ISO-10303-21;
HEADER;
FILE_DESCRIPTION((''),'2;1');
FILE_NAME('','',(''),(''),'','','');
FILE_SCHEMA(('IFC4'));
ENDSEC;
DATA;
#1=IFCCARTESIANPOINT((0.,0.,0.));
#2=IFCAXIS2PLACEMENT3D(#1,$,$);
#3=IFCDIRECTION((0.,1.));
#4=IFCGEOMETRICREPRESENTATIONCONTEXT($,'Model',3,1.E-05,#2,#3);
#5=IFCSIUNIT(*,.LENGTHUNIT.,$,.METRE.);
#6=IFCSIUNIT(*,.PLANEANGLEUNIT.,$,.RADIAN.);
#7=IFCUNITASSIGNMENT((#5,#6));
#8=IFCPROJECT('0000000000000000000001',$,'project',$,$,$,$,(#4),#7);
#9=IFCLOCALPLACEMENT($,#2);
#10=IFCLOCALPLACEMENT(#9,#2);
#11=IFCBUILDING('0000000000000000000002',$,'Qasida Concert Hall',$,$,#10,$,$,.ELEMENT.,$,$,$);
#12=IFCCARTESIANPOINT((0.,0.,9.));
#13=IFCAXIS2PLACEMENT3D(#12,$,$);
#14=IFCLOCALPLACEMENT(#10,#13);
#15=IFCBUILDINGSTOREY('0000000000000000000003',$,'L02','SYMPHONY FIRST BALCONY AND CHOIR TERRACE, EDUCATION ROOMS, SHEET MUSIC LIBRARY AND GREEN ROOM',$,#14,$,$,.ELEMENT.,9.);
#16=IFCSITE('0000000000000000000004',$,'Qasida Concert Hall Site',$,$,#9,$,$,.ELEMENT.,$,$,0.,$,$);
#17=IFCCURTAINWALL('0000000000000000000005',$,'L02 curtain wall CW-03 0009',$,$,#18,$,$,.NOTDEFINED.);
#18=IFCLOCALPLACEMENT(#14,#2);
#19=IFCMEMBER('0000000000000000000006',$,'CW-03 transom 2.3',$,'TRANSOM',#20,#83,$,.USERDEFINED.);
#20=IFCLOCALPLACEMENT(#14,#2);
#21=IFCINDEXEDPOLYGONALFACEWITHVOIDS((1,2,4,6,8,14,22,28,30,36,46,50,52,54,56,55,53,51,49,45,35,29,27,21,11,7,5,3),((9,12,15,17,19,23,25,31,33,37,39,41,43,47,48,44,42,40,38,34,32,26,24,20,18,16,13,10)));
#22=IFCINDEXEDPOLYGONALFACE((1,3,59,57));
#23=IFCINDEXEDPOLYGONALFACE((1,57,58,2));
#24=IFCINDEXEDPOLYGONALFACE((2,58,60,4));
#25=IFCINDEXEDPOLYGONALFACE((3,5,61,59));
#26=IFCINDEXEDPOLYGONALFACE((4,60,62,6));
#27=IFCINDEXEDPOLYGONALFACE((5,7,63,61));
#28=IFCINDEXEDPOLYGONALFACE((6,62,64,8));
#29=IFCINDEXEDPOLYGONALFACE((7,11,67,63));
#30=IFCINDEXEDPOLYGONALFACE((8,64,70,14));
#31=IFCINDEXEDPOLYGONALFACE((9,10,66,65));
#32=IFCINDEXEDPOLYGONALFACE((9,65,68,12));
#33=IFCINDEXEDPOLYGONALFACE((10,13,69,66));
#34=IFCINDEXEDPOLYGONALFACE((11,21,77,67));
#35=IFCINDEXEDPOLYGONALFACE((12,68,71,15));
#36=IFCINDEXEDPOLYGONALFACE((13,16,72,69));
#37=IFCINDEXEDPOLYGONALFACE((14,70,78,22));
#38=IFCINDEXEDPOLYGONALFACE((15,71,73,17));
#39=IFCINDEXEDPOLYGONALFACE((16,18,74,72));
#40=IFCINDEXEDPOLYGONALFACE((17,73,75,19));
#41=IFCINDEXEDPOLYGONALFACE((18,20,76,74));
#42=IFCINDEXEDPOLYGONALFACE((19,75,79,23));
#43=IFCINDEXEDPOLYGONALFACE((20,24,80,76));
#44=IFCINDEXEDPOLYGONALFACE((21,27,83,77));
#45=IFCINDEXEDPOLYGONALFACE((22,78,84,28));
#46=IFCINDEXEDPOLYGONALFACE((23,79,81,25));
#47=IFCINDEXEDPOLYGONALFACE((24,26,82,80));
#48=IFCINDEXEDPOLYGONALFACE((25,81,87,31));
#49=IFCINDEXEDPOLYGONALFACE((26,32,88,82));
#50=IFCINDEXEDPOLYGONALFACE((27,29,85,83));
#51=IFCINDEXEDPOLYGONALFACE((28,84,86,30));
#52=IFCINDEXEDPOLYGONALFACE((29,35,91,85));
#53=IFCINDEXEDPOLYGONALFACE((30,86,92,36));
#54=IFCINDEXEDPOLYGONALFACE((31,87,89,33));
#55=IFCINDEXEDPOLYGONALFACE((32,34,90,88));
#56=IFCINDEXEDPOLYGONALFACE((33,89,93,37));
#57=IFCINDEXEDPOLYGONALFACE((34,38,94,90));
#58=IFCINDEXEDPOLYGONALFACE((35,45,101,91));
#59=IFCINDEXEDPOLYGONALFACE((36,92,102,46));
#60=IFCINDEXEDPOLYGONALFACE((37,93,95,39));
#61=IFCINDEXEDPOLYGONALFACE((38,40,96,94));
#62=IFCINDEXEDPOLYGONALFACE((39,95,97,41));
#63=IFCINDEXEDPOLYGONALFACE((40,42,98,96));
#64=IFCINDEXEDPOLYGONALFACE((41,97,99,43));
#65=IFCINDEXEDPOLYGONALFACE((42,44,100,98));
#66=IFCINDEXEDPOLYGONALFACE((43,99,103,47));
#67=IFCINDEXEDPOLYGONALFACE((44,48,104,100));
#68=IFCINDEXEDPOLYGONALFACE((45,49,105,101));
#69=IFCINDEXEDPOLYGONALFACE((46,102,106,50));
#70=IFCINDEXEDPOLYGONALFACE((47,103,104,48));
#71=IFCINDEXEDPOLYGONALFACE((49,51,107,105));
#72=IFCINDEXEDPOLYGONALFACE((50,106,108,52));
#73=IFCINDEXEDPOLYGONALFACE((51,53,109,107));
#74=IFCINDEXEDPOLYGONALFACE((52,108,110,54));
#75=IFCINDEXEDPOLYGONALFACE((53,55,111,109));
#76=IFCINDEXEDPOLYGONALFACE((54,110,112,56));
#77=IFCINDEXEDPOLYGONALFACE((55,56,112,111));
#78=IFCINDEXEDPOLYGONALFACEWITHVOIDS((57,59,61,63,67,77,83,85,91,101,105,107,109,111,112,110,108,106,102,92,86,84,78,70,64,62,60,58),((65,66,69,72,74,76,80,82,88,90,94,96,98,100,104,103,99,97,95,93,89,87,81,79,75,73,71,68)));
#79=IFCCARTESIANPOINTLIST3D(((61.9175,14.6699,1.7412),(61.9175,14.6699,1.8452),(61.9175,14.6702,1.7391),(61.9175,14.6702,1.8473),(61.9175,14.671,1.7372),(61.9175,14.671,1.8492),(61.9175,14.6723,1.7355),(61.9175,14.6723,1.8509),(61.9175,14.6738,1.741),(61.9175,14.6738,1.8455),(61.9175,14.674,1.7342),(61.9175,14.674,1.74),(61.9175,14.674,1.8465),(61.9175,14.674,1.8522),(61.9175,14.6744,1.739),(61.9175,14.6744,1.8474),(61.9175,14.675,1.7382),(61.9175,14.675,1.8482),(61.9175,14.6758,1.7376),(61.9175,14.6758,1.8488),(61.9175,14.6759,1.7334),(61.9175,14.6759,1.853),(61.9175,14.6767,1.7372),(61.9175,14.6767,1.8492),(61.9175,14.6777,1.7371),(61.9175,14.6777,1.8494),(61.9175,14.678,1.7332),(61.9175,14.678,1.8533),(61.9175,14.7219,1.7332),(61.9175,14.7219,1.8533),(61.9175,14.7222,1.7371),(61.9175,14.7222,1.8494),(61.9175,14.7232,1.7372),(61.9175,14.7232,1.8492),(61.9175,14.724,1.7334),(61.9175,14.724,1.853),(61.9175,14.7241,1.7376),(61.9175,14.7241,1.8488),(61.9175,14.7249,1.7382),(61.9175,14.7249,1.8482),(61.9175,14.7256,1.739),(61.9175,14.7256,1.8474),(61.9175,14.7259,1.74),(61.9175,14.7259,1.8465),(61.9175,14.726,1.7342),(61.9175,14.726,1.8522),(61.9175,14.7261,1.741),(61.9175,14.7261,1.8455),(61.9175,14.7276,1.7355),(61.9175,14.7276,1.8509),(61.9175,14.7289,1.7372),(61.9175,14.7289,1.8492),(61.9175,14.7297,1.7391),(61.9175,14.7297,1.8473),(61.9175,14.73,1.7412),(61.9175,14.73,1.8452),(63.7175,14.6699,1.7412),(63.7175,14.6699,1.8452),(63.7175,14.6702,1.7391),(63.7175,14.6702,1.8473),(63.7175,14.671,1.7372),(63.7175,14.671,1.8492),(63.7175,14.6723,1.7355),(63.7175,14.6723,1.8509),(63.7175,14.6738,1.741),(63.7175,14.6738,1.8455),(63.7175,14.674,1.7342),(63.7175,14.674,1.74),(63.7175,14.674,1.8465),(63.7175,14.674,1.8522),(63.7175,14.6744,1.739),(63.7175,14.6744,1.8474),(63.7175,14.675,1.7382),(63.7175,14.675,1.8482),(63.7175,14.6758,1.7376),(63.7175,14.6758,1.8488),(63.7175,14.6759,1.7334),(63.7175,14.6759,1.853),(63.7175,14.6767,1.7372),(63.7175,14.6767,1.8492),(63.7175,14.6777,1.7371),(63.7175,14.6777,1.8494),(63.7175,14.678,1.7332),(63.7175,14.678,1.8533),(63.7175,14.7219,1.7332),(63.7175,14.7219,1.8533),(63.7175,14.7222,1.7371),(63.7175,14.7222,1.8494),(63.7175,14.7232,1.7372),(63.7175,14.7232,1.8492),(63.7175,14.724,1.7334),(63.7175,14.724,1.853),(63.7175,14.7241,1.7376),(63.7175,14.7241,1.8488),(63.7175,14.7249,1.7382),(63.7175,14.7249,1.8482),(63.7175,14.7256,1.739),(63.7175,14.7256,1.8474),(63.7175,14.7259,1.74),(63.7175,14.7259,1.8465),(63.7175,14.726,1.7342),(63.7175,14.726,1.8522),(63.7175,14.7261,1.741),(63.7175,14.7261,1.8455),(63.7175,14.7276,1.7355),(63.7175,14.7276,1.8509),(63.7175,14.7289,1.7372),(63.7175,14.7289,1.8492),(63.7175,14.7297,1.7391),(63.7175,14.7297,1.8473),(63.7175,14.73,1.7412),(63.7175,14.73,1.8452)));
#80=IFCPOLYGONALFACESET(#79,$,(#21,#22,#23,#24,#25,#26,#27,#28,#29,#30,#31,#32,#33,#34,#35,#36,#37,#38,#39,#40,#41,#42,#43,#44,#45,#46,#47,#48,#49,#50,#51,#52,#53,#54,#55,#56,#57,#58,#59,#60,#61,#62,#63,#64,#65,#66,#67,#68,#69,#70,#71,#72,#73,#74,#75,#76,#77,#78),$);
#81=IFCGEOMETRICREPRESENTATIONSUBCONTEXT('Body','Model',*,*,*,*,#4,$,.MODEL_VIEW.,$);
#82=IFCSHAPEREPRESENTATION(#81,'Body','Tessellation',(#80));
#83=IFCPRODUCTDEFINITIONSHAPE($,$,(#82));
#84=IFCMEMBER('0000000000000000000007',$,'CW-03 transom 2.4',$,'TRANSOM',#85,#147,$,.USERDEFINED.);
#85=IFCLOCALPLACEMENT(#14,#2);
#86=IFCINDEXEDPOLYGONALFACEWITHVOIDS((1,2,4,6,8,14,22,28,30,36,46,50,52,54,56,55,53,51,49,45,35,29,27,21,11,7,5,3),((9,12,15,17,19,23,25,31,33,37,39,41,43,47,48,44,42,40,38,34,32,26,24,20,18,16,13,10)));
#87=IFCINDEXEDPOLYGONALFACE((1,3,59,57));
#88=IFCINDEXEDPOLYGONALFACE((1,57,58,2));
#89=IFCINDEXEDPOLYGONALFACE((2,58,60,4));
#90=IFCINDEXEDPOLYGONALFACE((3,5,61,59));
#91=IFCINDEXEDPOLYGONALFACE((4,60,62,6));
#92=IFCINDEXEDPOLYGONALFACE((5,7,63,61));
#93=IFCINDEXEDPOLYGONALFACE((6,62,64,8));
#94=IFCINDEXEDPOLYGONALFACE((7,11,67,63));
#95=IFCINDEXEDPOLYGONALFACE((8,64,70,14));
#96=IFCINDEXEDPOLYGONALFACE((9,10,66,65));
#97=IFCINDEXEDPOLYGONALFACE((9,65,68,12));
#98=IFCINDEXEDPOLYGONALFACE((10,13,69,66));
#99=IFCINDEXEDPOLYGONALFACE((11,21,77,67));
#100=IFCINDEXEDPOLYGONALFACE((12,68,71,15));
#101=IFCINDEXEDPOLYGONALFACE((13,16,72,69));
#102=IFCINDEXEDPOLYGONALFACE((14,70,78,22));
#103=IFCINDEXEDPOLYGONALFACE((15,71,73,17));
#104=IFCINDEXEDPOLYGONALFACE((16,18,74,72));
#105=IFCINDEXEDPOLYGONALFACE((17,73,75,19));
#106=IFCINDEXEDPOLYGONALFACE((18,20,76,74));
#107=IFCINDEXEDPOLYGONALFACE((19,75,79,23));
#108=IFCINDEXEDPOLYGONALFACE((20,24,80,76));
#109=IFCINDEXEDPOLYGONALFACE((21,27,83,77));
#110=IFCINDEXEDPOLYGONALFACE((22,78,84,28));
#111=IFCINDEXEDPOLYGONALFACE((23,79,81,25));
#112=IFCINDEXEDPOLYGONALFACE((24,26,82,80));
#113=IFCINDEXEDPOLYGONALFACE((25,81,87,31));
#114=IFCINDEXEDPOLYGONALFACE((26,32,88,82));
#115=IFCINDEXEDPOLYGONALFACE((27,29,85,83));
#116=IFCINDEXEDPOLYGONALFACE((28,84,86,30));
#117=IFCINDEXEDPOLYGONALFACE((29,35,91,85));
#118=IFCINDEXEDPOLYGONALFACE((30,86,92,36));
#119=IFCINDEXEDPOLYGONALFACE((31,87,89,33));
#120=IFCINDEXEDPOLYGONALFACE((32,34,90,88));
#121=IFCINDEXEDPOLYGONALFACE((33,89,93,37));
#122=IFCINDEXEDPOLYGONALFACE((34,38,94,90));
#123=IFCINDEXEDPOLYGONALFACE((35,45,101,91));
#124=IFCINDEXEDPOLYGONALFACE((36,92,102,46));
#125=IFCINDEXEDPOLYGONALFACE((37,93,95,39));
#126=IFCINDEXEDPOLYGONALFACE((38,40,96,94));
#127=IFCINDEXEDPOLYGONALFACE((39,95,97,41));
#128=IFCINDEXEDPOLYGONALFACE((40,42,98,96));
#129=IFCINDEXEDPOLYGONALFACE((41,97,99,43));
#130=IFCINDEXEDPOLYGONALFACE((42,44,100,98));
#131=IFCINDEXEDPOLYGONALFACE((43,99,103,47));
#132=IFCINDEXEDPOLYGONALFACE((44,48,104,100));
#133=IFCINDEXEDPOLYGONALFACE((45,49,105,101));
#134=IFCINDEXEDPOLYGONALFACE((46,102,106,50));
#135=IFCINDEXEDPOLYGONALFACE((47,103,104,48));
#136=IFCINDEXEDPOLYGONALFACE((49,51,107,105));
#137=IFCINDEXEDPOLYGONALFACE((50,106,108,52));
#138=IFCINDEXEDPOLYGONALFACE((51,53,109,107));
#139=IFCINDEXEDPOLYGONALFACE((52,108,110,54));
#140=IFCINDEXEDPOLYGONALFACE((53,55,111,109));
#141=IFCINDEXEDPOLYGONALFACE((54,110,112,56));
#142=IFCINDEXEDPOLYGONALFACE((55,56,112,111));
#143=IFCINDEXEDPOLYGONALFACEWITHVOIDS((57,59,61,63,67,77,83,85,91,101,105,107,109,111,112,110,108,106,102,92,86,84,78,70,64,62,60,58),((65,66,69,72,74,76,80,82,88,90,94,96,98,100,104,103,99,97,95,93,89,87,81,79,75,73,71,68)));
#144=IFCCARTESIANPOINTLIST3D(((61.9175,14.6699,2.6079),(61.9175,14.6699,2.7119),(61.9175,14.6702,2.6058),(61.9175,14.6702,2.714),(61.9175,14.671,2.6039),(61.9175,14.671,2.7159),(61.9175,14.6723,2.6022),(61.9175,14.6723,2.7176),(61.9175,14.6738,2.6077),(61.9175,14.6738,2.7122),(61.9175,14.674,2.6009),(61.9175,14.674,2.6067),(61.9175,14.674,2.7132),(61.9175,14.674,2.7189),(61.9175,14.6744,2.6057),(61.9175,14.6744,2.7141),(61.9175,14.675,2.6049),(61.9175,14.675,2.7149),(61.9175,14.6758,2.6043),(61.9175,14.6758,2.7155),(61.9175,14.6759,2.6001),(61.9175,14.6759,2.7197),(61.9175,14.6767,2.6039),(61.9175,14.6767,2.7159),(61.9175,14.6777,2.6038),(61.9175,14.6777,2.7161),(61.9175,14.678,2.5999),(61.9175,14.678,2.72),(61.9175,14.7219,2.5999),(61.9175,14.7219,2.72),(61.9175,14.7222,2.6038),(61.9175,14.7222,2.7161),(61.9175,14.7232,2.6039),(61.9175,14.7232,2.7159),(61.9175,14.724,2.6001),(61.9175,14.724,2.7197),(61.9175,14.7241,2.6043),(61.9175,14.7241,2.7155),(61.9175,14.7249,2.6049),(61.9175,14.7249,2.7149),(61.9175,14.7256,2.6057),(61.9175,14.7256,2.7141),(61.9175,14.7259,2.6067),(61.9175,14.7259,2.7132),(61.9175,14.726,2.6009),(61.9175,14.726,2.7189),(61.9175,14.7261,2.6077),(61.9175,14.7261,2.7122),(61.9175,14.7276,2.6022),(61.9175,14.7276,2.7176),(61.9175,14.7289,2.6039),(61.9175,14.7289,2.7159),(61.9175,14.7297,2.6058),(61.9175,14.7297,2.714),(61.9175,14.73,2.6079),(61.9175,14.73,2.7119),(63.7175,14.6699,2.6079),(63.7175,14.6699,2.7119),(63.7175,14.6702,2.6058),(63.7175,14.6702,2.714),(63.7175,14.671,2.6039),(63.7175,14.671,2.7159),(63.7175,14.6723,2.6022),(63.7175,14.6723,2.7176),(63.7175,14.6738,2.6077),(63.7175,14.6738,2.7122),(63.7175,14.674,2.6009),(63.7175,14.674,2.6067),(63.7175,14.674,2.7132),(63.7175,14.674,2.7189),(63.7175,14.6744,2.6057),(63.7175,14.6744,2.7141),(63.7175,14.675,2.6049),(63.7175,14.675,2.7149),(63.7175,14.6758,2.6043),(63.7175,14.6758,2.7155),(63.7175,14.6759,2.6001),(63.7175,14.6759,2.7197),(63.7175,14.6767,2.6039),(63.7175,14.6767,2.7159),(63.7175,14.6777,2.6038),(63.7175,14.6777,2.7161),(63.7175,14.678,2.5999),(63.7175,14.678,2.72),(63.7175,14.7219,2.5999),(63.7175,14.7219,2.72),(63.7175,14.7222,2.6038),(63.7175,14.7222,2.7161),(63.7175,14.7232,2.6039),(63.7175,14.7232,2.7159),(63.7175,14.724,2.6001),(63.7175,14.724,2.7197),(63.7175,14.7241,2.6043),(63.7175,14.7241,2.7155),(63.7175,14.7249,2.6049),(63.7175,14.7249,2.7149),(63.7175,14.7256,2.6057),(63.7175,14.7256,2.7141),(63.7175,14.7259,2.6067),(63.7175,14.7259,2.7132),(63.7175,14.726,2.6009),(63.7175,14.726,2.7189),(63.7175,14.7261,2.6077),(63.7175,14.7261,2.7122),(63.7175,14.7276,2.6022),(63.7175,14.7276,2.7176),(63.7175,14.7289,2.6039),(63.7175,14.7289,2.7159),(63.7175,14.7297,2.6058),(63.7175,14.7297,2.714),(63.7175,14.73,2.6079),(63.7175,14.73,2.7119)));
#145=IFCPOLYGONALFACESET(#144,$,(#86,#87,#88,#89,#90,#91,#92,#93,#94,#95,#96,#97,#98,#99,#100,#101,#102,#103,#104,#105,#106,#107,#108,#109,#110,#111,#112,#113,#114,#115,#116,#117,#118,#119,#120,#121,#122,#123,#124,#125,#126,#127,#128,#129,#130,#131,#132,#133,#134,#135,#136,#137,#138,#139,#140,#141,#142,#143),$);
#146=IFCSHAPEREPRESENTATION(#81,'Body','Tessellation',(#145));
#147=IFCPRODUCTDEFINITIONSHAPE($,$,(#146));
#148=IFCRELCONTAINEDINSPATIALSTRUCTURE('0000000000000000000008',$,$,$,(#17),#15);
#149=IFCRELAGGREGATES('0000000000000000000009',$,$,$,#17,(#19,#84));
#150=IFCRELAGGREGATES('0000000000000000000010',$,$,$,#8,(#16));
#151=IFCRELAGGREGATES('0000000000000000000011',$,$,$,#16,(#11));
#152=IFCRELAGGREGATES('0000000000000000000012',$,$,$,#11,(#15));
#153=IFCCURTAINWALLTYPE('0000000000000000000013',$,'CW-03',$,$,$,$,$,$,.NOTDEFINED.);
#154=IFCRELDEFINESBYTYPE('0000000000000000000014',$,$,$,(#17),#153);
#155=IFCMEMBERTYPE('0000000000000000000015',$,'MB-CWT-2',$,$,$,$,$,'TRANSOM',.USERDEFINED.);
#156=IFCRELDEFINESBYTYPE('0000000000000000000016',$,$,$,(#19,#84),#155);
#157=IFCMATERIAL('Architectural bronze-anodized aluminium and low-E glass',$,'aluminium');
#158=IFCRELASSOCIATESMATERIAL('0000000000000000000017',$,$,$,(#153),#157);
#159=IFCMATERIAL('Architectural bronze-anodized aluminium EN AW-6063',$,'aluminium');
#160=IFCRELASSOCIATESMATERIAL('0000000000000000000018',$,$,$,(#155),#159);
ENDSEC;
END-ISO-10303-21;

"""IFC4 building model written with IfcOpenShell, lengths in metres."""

from ifc_helpers import new_model, si_unit, direction, frame, origin, origin_2d, place, context, subcontext, project, spatial, hollow_rectangle, extrude, material, material_profile, profile_set, type_object, element, aggregate, save


model = new_model("IFC4")

# Units and contexts
model_context = context("Model", 3, precision=1e-05, world=origin(), true_north=direction((0.0, 1.0)))
body_context = subcontext(model_context, "Body", "Model", "MODEL_VIEW")
ifc_project = project(units=[si_unit("LENGTHUNIT", "METRE"), si_unit("PLANEANGLEUNIT", "RADIAN")], contexts=[model_context])

# Site, building, storey
site_placement = place(None, origin())
site = spatial("IfcSite", under=ifc_project, at=site_placement, Name="Qasida Concert Hall Site", CompositionType="ELEMENT", RefElevation=0.0)
building_placement = place(site_placement, origin())
building = spatial("IfcBuilding", under=site, at=building_placement, Name="Qasida Concert Hall", CompositionType="ELEMENT")
storey_placement = place(building_placement, frame((0.0, 0.0, 9.0)))
storey = spatial("IfcBuildingStorey", under=building, at=storey_placement, Name="L02", Description="SYMPHONY FIRST BALCONY AND CHOIR TERRACE, EDUCATION ROOMS, SHEET MUSIC LIBRARY AND GREEN ROOM", CompositionType="ELEMENT", Elevation=9.0)

# Curtain wall, members
ifc_material_1 = material(Name="Architectural bronze-anodized aluminium and low-E glass", Category="aluminium")
curtain_wall_type = type_object("IfcCurtainWallType", Name="CW-03", PredefinedType="NOTDEFINED", material=ifc_material_1)
curtain_wall_placement = place(storey_placement, origin())
curtain_wall = element("IfcCurtainWall", 1, at=curtain_wall_placement, inside=storey, type_object=curtain_wall_type, Name="L02 curtain wall CW-03 0009", PredefinedType="NOTDEFINED")
ifc_material_2 = material(Name="Architectural bronze-anodized aluminium EN AW-6063", Category="aluminium")
ifc_material_profile_1 = material_profile(ifc_material_2, hollow_rectangle(XDim=0.0601, YDim=0.1201, WallThickness=0.0039, InnerFilletRadius=0.0039, OuterFilletRadius=0.0081, at=origin_2d()), Name="CWT 120x60x4")
ifc_profile_set_1 = profile_set([ifc_material_profile_1], Name="Architectural bronze-anodized aluminium EN AW-6063")
member_type_1 = type_object("IfcMemberType", Name="MB-CWT-2", ElementType="TRANSOM", PredefinedType="USERDEFINED", material=ifc_profile_set_1)
member_1_placement = place(storey_placement, frame((61.9175, 14.7, 1.7932), z_axis=(1.0, 0.0, 0.0), x_axis=(0.0, 1.0, 0.0)))
member_1 = element("IfcMember", 2, at=member_1_placement, type_object=member_type_1, Name="CW-03 transom 2.3", ObjectType="TRANSOM", PredefinedType="USERDEFINED", context=body_context, shape_type="SweptSolid", body=[
    extrude(hollow_rectangle(XDim=0.0601, YDim=0.1201, WallThickness=0.0039, InnerFilletRadius=0.0039, OuterFilletRadius=0.0081, at=origin_2d()), origin(), (0.0, 0.0, 1.0), 1.8),
])
member_2_placement = place(storey_placement, frame((61.9175, 14.7, 2.6599), z_axis=(1.0, 0.0, 0.0), x_axis=(0.0, 1.0, 0.0)))
member_2 = element("IfcMember", 3, at=member_2_placement, type_object=member_type_1, Name="CW-03 transom 2.4", ObjectType="TRANSOM", PredefinedType="USERDEFINED", context=body_context, shape_type="SweptSolid", body=[
    extrude(hollow_rectangle(XDim=0.0601, YDim=0.1201, WallThickness=0.0039, InnerFilletRadius=0.0039, OuterFilletRadius=0.0081, at=origin_2d()), origin(), (0.0, 0.0, 1.0), 1.8),
])
aggregate(curtain_wall, [member_1, member_2])

save(model, "model.ifc")
